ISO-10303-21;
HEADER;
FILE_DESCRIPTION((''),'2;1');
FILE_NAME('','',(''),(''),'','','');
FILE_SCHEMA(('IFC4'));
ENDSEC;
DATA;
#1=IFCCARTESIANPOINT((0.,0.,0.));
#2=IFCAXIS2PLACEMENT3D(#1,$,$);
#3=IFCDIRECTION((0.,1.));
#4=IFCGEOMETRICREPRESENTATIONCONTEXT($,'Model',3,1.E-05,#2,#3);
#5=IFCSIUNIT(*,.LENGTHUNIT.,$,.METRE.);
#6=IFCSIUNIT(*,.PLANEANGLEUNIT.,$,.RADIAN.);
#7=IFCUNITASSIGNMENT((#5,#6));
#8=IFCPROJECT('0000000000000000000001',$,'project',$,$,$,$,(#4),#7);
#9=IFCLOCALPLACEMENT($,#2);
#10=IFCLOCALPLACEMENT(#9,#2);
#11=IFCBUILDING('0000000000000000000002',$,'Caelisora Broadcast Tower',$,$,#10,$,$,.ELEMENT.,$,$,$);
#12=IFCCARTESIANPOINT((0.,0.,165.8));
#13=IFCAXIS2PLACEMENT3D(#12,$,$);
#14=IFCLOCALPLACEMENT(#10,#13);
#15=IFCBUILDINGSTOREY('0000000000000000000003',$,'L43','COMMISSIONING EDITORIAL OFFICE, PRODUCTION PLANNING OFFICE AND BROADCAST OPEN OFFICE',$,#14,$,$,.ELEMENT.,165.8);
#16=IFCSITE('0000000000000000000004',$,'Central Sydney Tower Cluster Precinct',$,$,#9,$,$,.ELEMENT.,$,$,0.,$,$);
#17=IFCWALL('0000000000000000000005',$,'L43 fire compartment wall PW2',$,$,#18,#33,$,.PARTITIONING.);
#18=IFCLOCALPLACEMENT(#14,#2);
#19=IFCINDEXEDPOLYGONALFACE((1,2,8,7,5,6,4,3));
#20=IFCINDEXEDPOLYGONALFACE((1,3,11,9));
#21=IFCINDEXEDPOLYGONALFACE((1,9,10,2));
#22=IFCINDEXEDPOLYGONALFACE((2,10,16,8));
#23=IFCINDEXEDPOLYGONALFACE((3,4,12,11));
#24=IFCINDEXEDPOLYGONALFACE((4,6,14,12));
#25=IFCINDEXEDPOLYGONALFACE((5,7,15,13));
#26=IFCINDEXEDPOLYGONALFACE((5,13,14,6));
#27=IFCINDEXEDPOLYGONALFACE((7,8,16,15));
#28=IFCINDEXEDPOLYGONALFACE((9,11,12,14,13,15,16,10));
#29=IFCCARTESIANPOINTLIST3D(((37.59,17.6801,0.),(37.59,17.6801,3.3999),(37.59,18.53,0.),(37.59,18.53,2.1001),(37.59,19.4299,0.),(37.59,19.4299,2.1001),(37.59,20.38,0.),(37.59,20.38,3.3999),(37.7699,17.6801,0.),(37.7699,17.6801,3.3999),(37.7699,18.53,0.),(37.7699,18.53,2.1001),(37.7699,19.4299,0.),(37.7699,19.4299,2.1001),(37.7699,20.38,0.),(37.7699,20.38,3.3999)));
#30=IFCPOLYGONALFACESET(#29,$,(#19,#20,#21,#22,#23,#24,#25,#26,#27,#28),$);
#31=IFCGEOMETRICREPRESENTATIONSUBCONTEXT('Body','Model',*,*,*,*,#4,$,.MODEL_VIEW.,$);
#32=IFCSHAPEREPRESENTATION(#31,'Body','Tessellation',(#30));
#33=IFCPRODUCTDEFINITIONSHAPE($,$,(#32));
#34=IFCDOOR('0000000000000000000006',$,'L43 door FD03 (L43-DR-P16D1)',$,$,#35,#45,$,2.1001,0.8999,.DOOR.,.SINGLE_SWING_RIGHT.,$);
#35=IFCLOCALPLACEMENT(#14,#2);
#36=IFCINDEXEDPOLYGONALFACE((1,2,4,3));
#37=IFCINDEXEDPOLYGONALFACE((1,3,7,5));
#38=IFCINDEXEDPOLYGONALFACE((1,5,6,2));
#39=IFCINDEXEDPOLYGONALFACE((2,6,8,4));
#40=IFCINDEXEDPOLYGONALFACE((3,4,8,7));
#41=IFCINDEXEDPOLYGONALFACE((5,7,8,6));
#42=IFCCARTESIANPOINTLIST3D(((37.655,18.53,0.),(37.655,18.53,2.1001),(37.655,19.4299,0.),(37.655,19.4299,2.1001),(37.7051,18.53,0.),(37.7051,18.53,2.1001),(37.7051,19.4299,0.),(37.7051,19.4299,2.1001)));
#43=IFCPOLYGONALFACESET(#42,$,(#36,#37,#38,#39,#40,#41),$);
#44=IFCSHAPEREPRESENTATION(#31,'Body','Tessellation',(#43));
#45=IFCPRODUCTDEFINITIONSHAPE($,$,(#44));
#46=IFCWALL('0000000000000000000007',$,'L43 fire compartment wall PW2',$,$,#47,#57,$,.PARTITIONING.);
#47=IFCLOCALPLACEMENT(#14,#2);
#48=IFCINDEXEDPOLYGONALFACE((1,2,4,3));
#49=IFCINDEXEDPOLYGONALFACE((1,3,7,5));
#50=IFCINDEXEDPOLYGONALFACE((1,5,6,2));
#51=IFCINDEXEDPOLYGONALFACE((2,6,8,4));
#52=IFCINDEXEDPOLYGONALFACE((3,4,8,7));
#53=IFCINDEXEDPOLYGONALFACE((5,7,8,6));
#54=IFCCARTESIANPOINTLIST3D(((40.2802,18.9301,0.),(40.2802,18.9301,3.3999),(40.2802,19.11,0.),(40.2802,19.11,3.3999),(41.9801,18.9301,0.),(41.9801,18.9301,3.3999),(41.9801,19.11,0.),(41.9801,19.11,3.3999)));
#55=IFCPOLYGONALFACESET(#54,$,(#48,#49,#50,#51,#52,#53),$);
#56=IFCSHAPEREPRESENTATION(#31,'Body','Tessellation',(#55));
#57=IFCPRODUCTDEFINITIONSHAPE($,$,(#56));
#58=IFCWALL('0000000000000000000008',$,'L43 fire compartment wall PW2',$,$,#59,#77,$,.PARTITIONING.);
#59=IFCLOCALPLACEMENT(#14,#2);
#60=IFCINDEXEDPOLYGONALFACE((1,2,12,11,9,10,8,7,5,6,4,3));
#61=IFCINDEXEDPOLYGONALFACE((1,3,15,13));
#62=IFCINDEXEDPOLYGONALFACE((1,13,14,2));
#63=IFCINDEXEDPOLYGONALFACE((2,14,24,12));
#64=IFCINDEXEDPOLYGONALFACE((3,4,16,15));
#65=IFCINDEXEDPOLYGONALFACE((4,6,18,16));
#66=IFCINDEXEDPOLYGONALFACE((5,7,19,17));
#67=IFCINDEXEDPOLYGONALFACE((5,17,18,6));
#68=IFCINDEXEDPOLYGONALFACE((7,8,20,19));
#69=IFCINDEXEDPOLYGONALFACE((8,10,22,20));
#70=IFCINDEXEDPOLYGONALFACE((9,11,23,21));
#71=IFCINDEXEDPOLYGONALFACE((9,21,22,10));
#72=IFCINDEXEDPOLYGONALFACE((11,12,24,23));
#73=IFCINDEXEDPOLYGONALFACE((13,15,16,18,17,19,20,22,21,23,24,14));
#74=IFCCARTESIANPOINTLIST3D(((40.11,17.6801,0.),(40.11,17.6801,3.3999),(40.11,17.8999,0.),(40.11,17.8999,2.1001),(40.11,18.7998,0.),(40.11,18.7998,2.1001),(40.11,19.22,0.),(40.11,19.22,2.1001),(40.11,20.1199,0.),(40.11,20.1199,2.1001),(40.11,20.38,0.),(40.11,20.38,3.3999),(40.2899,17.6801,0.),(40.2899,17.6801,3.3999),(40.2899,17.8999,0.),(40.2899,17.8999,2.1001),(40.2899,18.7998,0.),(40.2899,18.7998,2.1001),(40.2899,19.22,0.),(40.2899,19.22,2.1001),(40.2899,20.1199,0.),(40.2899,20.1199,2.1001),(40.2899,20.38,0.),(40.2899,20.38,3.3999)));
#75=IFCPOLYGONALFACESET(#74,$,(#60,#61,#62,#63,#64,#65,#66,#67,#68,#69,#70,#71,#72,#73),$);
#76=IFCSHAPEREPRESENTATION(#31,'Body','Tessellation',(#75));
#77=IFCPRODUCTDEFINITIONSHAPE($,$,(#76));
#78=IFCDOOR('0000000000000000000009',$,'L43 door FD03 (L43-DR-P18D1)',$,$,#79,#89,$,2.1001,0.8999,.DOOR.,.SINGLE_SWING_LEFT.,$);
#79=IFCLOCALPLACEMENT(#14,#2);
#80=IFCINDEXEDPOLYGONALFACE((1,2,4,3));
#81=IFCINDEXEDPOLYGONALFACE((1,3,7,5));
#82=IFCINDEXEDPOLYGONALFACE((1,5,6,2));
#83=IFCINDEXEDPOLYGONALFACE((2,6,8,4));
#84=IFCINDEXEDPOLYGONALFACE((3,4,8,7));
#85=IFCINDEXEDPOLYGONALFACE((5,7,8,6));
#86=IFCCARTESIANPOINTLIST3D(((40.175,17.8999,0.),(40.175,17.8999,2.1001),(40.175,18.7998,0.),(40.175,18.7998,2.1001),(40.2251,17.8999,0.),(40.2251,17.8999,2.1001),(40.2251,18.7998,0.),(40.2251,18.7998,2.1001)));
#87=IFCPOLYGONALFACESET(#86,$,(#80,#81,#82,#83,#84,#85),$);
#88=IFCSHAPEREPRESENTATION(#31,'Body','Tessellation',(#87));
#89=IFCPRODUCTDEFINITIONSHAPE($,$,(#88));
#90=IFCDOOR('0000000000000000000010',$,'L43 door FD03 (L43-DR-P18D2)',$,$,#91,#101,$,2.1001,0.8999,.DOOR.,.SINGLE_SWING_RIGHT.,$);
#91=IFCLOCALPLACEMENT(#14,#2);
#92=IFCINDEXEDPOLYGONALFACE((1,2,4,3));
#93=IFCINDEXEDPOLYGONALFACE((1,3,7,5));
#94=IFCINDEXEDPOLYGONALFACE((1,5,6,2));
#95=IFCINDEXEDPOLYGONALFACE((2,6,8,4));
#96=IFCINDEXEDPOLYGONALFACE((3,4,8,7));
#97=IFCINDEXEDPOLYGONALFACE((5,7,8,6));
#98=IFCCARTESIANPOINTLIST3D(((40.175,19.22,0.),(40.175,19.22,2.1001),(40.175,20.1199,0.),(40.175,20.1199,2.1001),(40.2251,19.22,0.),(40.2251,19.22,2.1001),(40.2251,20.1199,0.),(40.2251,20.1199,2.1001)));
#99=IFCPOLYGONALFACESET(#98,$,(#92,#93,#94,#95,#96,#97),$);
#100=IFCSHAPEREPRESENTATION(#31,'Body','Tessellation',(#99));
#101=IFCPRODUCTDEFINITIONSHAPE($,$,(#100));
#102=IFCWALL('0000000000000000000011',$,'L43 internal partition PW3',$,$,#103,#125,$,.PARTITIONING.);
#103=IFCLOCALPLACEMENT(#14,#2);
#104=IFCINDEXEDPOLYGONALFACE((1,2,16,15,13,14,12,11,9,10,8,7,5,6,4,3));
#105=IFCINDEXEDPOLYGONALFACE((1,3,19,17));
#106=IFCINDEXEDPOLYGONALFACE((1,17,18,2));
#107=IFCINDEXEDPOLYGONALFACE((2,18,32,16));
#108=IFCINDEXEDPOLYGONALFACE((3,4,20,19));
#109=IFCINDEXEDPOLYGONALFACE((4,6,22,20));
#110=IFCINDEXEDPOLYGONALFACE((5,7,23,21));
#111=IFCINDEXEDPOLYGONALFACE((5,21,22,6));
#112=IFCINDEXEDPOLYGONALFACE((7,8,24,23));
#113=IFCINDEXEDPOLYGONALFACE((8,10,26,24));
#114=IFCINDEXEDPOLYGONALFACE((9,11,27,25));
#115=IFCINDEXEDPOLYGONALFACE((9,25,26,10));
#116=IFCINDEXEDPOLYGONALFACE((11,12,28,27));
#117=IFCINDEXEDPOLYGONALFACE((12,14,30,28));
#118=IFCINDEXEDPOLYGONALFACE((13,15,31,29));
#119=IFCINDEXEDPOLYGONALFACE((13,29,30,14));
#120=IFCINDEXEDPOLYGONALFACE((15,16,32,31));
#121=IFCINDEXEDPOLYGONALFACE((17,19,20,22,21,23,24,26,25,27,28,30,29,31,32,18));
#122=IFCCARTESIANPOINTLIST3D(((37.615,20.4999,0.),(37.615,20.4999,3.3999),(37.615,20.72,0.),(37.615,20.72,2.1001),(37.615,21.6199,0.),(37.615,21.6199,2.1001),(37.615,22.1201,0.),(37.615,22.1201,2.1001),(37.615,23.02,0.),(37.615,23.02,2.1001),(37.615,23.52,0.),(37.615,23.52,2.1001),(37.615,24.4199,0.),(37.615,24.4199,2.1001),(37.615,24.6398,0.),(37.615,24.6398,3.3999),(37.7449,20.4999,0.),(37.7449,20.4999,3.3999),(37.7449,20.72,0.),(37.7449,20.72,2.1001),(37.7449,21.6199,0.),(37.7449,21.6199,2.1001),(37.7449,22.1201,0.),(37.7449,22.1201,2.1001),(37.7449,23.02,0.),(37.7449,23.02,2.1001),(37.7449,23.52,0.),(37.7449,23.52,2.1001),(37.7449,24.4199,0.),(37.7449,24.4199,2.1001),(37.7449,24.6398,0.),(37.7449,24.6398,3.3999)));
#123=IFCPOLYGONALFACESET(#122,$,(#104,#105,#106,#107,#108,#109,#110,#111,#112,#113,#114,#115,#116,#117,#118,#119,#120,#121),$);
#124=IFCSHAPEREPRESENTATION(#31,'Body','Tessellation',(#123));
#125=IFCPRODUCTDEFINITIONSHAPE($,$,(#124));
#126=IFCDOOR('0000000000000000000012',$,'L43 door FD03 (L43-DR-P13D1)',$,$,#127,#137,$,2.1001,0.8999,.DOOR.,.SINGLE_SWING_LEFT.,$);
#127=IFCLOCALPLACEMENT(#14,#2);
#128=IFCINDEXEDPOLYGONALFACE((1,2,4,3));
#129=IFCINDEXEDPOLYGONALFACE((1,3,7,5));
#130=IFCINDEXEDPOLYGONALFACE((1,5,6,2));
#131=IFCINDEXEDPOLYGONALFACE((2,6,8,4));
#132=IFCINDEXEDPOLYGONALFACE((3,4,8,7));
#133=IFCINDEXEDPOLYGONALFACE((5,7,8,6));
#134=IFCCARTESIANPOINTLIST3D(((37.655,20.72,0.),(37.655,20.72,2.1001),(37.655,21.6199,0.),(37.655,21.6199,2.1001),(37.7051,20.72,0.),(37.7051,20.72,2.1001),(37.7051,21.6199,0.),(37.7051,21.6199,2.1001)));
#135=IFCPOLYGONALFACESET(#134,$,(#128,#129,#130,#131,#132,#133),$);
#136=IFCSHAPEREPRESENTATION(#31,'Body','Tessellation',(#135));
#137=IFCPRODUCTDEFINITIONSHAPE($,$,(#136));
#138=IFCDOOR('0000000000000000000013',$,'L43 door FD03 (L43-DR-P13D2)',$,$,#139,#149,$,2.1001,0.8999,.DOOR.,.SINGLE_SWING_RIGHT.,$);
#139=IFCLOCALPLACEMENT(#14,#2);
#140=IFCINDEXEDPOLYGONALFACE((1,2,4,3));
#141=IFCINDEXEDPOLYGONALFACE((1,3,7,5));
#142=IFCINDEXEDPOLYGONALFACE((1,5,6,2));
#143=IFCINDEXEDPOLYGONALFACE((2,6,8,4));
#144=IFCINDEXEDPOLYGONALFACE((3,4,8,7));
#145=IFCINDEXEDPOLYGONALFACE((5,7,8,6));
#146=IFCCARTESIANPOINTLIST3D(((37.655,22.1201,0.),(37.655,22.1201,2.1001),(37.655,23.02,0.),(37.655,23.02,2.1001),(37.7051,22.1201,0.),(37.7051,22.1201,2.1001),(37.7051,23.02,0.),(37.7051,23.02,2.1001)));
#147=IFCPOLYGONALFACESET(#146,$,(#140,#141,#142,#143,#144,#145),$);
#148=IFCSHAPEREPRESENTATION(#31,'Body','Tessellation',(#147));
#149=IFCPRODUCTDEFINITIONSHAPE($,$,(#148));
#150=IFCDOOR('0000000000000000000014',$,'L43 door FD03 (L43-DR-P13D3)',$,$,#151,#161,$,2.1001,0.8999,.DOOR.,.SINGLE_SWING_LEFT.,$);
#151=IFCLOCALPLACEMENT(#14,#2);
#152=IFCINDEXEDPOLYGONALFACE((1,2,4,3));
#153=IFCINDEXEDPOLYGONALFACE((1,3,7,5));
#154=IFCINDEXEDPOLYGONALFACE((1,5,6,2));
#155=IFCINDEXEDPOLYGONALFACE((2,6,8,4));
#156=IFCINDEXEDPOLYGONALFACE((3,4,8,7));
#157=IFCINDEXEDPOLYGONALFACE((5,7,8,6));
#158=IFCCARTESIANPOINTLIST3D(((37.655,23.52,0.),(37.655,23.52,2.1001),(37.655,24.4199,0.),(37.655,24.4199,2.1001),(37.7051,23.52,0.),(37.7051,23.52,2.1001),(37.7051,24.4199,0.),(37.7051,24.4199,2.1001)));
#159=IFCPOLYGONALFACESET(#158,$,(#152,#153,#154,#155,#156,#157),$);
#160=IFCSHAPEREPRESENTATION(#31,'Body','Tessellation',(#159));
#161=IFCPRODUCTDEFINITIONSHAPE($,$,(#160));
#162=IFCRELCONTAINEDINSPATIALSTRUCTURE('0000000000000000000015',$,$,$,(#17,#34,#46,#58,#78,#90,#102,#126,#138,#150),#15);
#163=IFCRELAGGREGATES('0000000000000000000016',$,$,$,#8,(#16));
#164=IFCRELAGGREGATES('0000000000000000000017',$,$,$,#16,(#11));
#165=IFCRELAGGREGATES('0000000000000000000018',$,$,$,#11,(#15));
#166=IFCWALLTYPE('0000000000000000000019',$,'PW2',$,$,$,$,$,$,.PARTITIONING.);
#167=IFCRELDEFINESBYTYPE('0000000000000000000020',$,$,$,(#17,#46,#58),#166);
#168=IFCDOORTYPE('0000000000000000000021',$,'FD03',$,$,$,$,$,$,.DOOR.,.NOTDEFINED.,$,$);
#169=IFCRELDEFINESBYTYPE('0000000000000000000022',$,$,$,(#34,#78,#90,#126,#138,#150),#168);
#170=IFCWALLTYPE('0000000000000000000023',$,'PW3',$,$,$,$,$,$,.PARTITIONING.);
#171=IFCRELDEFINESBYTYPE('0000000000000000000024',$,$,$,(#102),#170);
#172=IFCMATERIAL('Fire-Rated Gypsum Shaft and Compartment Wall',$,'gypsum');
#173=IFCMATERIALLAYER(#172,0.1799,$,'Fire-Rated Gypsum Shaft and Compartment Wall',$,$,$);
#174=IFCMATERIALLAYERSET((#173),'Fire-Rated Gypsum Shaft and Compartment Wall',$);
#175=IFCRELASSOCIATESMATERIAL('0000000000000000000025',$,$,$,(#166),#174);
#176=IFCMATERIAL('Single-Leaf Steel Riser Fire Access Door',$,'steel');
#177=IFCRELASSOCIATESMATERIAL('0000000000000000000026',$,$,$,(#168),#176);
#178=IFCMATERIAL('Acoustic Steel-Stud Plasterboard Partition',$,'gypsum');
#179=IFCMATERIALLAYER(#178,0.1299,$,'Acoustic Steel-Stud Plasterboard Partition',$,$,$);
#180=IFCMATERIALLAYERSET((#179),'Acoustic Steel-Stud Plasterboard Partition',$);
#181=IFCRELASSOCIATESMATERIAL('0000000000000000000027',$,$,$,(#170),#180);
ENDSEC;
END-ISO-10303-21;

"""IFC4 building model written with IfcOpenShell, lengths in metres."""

from ifc_helpers import new_model, si_unit, direction, frame, frame_2d, origin, place, context, subcontext, project, spatial, rectangle, extrude, material, layer, layer_set, type_object, element, fill, save


model = new_model("IFC4")

# Units and contexts
model_context = context("Model", 3, precision=1e-05, world=origin(), true_north=direction((0.0, 1.0)))
body_context = subcontext(model_context, "Body", "Model", "MODEL_VIEW")
ifc_project = project(units=[si_unit("LENGTHUNIT", "METRE"), si_unit("PLANEANGLEUNIT", "RADIAN")], contexts=[model_context])

# Site, building, storey
site_placement = place(None, origin())
site = spatial("IfcSite", under=ifc_project, at=site_placement, Name="Central Sydney Tower Cluster Precinct", CompositionType="ELEMENT", RefElevation=0.0)
building_placement = place(site_placement, origin())
building = spatial("IfcBuilding", under=site, at=building_placement, Name="Caelisora Broadcast Tower", CompositionType="ELEMENT")
storey_placement = place(building_placement, frame((0.0, 0.0, 165.8)))
storey = spatial("IfcBuildingStorey", under=building, at=storey_placement, Name="L43", Description="COMMISSIONING EDITORIAL OFFICE, PRODUCTION PLANNING OFFICE AND BROADCAST OPEN OFFICE", CompositionType="ELEMENT", Elevation=165.8)

# Shared definitions
ifc_material_1 = material(Name="Fire-Rated Gypsum Shaft and Compartment Wall", Category="gypsum")
ifc_layer_1 = layer(ifc_material_1, 0.1799, Name="Fire-Rated Gypsum Shaft and Compartment Wall")
ifc_layer_set_1 = layer_set([ifc_layer_1], Name="Fire-Rated Gypsum Shaft and Compartment Wall")
wall_type_1 = type_object("IfcWallType", Name="PW2", PredefinedType="PARTITIONING", material=ifc_layer_set_1)

# Wall, opening, door
wall_1_placement = place(storey_placement, frame((37.6799, 17.6799, 0.0), z_axis=(0.0, 0.0, 1.0), x_axis=(0.0, 1.0, 0.0)))
wall_1 = element("IfcWall", 1, at=wall_1_placement, inside=storey, type_object=wall_type_1, Name="L43 fire compartment wall PW2", PredefinedType="PARTITIONING", context=body_context, shape_type="SweptSolid", body=[
    extrude(rectangle(XDim=2.7, YDim=0.1799, at=frame_2d((1.3501, 0.0))), origin(), (0.0, 0.0, 1.0), 3.3999),
])
opening_1_placement = place(wall_1_placement, frame((0.8501, 0.0, 0.0)))
opening_1 = element("IfcOpeningElement", 2, at=opening_1_placement, cuts=wall_1, PredefinedType="OPENING", context=body_context, shape_type="SweptSolid", body=[
    extrude(rectangle(XDim=0.8999, YDim=2.1001, at=frame_2d((0.45, 1.05))), frame((0.0, 0.1021, 0.0), z_axis=(0.0, -1.0, 0.0), x_axis=(1.0, 0.0, 0.0)), (0.0, 0.0, 1.0), 0.2039),
])
ifc_material_2 = material(Name="Single-Leaf Steel Riser Fire Access Door", Category="steel")
door_type_1 = type_object("IfcDoorType", Name="FD03", OperationType="NOTDEFINED", PredefinedType="DOOR", material=ifc_material_2)
door_1_placement = place(opening_1_placement, origin())
door_1 = element("IfcDoor", 3, at=door_1_placement, inside=storey, type_object=door_type_1, Name="L43 door FD03 (L43-DR-P16D1)", OperationType="SINGLE_SWING_RIGHT", OverallHeight=2.1001, OverallWidth=0.8999, PredefinedType="DOOR", context=body_context, shape_type="SweptSolid", body=[
    extrude(rectangle(XDim=0.8999, YDim=2.1001, at=frame_2d((0.45, 1.05))), frame((0.0, 0.0249, 0.0), z_axis=(0.0, -1.0, 0.0), x_axis=(1.0, 0.0, 0.0)), (0.0, 0.0, 1.0), 0.05),
])
fill(opening_1, door_1)

# Wall
wall_2_placement = place(storey_placement, frame((40.28, 19.02, 0.0), z_axis=(0.0, 0.0, 1.0), x_axis=(1.0, 0.0, 0.0)))
element("IfcWall", 4, at=wall_2_placement, inside=storey, type_object=wall_type_1, Name="L43 fire compartment wall PW2", PredefinedType="PARTITIONING", context=body_context, shape_type="SweptSolid", body=[
    extrude(rectangle(XDim=1.7, YDim=0.1799, at=frame_2d((0.8501, 0.0))), origin(), (0.0, 0.0, 1.0), 3.3999),
])

# Walls, openings, doors
wall_3_placement = place(storey_placement, frame((40.2, 17.6799, 0.0), z_axis=(0.0, 0.0, 1.0), x_axis=(0.0, 1.0, 0.0)))
wall_3 = element("IfcWall", 5, at=wall_3_placement, inside=storey, type_object=wall_type_1, Name="L43 fire compartment wall PW2", PredefinedType="PARTITIONING", context=body_context, shape_type="SweptSolid", body=[
    extrude(rectangle(XDim=2.7, YDim=0.1799, at=frame_2d((1.3501, 0.0))), origin(), (0.0, 0.0, 1.0), 3.3999),
])
opening_2_placement = place(wall_3_placement, frame((0.22, 0.0, 0.0)))
opening_2 = element("IfcOpeningElement", 6, at=opening_2_placement, cuts=wall_3, PredefinedType="OPENING", context=body_context, shape_type="SweptSolid", body=[
    extrude(rectangle(XDim=0.8999, YDim=2.1001, at=frame_2d((0.45, 1.05))), frame((0.0, 0.1021, 0.0), z_axis=(0.0, -1.0, 0.0), x_axis=(1.0, 0.0, 0.0)), (0.0, 0.0, 1.0), 0.2039),
])
opening_3_placement = place(wall_3_placement, frame((1.54, 0.0, 0.0)))
opening_3 = element("IfcOpeningElement", 7, at=opening_3_placement, cuts=wall_3, PredefinedType="OPENING", context=body_context, shape_type="SweptSolid", body=[
    extrude(rectangle(XDim=0.8999, YDim=2.1001, at=frame_2d((0.45, 1.05))), frame((0.0, 0.1021, 0.0), z_axis=(0.0, -1.0, 0.0), x_axis=(1.0, 0.0, 0.0)), (0.0, 0.0, 1.0), 0.2039),
])
door_2_placement = place(opening_2_placement, origin())
door_2 = element("IfcDoor", 8, at=door_2_placement, inside=storey, type_object=door_type_1, Name="L43 door FD03 (L43-DR-P18D1)", OperationType="SINGLE_SWING_LEFT", OverallHeight=2.1001, OverallWidth=0.8999, PredefinedType="DOOR", context=body_context, shape_type="SweptSolid", body=[
    extrude(rectangle(XDim=0.8999, YDim=2.1001, at=frame_2d((0.45, 1.05))), frame((0.0, 0.0249, 0.0), z_axis=(0.0, -1.0, 0.0), x_axis=(1.0, 0.0, 0.0)), (0.0, 0.0, 1.0), 0.05),
])
fill(opening_2, door_2)
door_3_placement = place(opening_3_placement, origin())
door_3 = element("IfcDoor", 9, at=door_3_placement, inside=storey, type_object=door_type_1, Name="L43 door FD03 (L43-DR-P18D2)", OperationType="SINGLE_SWING_RIGHT", OverallHeight=2.1001, OverallWidth=0.8999, PredefinedType="DOOR", context=body_context, shape_type="SweptSolid", body=[
    extrude(rectangle(XDim=0.8999, YDim=2.1001, at=frame_2d((0.45, 1.05))), frame((0.0, 0.0249, 0.0), z_axis=(0.0, -1.0, 0.0), x_axis=(1.0, 0.0, 0.0)), (0.0, 0.0, 1.0), 0.05),
])
fill(opening_3, door_3)
ifc_material_3 = material(Name="Acoustic Steel-Stud Plasterboard Partition", Category="gypsum")
ifc_layer_2 = layer(ifc_material_3, 0.1299, Name="Acoustic Steel-Stud Plasterboard Partition")
ifc_layer_set_2 = layer_set([ifc_layer_2], Name="Acoustic Steel-Stud Plasterboard Partition")
wall_type_2 = type_object("IfcWallType", Name="PW3", PredefinedType="PARTITIONING", material=ifc_layer_set_2)
wall_4_placement = place(storey_placement, frame((37.6799, 20.5, 0.0), z_axis=(0.0, 0.0, 1.0), x_axis=(0.0, 1.0, 0.0)))
wall_4 = element("IfcWall", 10, at=wall_4_placement, inside=storey, type_object=wall_type_2, Name="L43 internal partition PW3", PredefinedType="PARTITIONING", context=body_context, shape_type="SweptSolid", body=[
    extrude(rectangle(XDim=4.1399, YDim=0.1299, at=frame_2d((2.0698, 0.0))), origin(), (0.0, 0.0, 1.0), 3.3999),
])
opening_4_placement = place(wall_4_placement, frame((0.22, 0.0, 0.0)))
opening_4 = element("IfcOpeningElement", 11, at=opening_4_placement, cuts=wall_4, PredefinedType="OPENING", context=body_context, shape_type="SweptSolid", body=[
    extrude(rectangle(XDim=0.8999, YDim=2.1001, at=frame_2d((0.45, 1.05))), frame((0.0, 0.0769, 0.0), z_axis=(0.0, -1.0, 0.0), x_axis=(1.0, 0.0, 0.0)), (0.0, 0.0, 1.0), 0.1538),
])
opening_5_placement = place(wall_4_placement, frame((1.6201, 0.0, 0.0)))
opening_5 = element("IfcOpeningElement", 12, at=opening_5_placement, cuts=wall_4, PredefinedType="OPENING", context=body_context, shape_type="SweptSolid", body=[
    extrude(rectangle(XDim=0.8999, YDim=2.1001, at=frame_2d((0.45, 1.05))), frame((0.0, 0.0769, 0.0), z_axis=(0.0, -1.0, 0.0), x_axis=(1.0, 0.0, 0.0)), (0.0, 0.0, 1.0), 0.1538),
])
opening_6_placement = place(wall_4_placement, frame((3.02, 0.0, 0.0)))
opening_6 = element("IfcOpeningElement", 13, at=opening_6_placement, cuts=wall_4, PredefinedType="OPENING", context=body_context, shape_type="SweptSolid", body=[
    extrude(rectangle(XDim=0.8999, YDim=2.1001, at=frame_2d((0.45, 1.05))), frame((0.0, 0.0769, 0.0), z_axis=(0.0, -1.0, 0.0), x_axis=(1.0, 0.0, 0.0)), (0.0, 0.0, 1.0), 0.1538),
])
door_4_placement = place(opening_4_placement, origin())
door_4 = element("IfcDoor", 14, at=door_4_placement, inside=storey, type_object=door_type_1, Name="L43 door FD03 (L43-DR-P13D1)", OperationType="SINGLE_SWING_LEFT", OverallHeight=2.1001, OverallWidth=0.8999, PredefinedType="DOOR", context=body_context, shape_type="SweptSolid", body=[
    extrude(rectangle(XDim=0.8999, YDim=2.1001, at=frame_2d((0.45, 1.05))), frame((0.0, 0.0249, 0.0), z_axis=(0.0, -1.0, 0.0), x_axis=(1.0, 0.0, 0.0)), (0.0, 0.0, 1.0), 0.05),
])
fill(opening_4, door_4)
door_5_placement = place(opening_5_placement, origin())
door_5 = element("IfcDoor", 15, at=door_5_placement, inside=storey, type_object=door_type_1, Name="L43 door FD03 (L43-DR-P13D2)", OperationType="SINGLE_SWING_RIGHT", OverallHeight=2.1001, OverallWidth=0.8999, PredefinedType="DOOR", context=body_context, shape_type="SweptSolid", body=[
    extrude(rectangle(XDim=0.8999, YDim=2.1001, at=frame_2d((0.45, 1.05))), frame((0.0, 0.0249, 0.0), z_axis=(0.0, -1.0, 0.0), x_axis=(1.0, 0.0, 0.0)), (0.0, 0.0, 1.0), 0.05),
])
fill(opening_5, door_5)
door_6_placement = place(opening_6_placement, origin())
door_6 = element("IfcDoor", 16, at=door_6_placement, inside=storey, type_object=door_type_1, Name="L43 door FD03 (L43-DR-P13D3)", OperationType="SINGLE_SWING_LEFT", OverallHeight=2.1001, OverallWidth=0.8999, PredefinedType="DOOR", context=body_context, shape_type="SweptSolid", body=[
    extrude(rectangle(XDim=0.8999, YDim=2.1001, at=frame_2d((0.45, 1.05))), frame((0.0, 0.0249, 0.0), z_axis=(0.0, -1.0, 0.0), x_axis=(1.0, 0.0, 0.0)), (0.0, 0.0, 1.0), 0.05),
])
fill(opening_6, door_6)

save(model, "model.ifc")
